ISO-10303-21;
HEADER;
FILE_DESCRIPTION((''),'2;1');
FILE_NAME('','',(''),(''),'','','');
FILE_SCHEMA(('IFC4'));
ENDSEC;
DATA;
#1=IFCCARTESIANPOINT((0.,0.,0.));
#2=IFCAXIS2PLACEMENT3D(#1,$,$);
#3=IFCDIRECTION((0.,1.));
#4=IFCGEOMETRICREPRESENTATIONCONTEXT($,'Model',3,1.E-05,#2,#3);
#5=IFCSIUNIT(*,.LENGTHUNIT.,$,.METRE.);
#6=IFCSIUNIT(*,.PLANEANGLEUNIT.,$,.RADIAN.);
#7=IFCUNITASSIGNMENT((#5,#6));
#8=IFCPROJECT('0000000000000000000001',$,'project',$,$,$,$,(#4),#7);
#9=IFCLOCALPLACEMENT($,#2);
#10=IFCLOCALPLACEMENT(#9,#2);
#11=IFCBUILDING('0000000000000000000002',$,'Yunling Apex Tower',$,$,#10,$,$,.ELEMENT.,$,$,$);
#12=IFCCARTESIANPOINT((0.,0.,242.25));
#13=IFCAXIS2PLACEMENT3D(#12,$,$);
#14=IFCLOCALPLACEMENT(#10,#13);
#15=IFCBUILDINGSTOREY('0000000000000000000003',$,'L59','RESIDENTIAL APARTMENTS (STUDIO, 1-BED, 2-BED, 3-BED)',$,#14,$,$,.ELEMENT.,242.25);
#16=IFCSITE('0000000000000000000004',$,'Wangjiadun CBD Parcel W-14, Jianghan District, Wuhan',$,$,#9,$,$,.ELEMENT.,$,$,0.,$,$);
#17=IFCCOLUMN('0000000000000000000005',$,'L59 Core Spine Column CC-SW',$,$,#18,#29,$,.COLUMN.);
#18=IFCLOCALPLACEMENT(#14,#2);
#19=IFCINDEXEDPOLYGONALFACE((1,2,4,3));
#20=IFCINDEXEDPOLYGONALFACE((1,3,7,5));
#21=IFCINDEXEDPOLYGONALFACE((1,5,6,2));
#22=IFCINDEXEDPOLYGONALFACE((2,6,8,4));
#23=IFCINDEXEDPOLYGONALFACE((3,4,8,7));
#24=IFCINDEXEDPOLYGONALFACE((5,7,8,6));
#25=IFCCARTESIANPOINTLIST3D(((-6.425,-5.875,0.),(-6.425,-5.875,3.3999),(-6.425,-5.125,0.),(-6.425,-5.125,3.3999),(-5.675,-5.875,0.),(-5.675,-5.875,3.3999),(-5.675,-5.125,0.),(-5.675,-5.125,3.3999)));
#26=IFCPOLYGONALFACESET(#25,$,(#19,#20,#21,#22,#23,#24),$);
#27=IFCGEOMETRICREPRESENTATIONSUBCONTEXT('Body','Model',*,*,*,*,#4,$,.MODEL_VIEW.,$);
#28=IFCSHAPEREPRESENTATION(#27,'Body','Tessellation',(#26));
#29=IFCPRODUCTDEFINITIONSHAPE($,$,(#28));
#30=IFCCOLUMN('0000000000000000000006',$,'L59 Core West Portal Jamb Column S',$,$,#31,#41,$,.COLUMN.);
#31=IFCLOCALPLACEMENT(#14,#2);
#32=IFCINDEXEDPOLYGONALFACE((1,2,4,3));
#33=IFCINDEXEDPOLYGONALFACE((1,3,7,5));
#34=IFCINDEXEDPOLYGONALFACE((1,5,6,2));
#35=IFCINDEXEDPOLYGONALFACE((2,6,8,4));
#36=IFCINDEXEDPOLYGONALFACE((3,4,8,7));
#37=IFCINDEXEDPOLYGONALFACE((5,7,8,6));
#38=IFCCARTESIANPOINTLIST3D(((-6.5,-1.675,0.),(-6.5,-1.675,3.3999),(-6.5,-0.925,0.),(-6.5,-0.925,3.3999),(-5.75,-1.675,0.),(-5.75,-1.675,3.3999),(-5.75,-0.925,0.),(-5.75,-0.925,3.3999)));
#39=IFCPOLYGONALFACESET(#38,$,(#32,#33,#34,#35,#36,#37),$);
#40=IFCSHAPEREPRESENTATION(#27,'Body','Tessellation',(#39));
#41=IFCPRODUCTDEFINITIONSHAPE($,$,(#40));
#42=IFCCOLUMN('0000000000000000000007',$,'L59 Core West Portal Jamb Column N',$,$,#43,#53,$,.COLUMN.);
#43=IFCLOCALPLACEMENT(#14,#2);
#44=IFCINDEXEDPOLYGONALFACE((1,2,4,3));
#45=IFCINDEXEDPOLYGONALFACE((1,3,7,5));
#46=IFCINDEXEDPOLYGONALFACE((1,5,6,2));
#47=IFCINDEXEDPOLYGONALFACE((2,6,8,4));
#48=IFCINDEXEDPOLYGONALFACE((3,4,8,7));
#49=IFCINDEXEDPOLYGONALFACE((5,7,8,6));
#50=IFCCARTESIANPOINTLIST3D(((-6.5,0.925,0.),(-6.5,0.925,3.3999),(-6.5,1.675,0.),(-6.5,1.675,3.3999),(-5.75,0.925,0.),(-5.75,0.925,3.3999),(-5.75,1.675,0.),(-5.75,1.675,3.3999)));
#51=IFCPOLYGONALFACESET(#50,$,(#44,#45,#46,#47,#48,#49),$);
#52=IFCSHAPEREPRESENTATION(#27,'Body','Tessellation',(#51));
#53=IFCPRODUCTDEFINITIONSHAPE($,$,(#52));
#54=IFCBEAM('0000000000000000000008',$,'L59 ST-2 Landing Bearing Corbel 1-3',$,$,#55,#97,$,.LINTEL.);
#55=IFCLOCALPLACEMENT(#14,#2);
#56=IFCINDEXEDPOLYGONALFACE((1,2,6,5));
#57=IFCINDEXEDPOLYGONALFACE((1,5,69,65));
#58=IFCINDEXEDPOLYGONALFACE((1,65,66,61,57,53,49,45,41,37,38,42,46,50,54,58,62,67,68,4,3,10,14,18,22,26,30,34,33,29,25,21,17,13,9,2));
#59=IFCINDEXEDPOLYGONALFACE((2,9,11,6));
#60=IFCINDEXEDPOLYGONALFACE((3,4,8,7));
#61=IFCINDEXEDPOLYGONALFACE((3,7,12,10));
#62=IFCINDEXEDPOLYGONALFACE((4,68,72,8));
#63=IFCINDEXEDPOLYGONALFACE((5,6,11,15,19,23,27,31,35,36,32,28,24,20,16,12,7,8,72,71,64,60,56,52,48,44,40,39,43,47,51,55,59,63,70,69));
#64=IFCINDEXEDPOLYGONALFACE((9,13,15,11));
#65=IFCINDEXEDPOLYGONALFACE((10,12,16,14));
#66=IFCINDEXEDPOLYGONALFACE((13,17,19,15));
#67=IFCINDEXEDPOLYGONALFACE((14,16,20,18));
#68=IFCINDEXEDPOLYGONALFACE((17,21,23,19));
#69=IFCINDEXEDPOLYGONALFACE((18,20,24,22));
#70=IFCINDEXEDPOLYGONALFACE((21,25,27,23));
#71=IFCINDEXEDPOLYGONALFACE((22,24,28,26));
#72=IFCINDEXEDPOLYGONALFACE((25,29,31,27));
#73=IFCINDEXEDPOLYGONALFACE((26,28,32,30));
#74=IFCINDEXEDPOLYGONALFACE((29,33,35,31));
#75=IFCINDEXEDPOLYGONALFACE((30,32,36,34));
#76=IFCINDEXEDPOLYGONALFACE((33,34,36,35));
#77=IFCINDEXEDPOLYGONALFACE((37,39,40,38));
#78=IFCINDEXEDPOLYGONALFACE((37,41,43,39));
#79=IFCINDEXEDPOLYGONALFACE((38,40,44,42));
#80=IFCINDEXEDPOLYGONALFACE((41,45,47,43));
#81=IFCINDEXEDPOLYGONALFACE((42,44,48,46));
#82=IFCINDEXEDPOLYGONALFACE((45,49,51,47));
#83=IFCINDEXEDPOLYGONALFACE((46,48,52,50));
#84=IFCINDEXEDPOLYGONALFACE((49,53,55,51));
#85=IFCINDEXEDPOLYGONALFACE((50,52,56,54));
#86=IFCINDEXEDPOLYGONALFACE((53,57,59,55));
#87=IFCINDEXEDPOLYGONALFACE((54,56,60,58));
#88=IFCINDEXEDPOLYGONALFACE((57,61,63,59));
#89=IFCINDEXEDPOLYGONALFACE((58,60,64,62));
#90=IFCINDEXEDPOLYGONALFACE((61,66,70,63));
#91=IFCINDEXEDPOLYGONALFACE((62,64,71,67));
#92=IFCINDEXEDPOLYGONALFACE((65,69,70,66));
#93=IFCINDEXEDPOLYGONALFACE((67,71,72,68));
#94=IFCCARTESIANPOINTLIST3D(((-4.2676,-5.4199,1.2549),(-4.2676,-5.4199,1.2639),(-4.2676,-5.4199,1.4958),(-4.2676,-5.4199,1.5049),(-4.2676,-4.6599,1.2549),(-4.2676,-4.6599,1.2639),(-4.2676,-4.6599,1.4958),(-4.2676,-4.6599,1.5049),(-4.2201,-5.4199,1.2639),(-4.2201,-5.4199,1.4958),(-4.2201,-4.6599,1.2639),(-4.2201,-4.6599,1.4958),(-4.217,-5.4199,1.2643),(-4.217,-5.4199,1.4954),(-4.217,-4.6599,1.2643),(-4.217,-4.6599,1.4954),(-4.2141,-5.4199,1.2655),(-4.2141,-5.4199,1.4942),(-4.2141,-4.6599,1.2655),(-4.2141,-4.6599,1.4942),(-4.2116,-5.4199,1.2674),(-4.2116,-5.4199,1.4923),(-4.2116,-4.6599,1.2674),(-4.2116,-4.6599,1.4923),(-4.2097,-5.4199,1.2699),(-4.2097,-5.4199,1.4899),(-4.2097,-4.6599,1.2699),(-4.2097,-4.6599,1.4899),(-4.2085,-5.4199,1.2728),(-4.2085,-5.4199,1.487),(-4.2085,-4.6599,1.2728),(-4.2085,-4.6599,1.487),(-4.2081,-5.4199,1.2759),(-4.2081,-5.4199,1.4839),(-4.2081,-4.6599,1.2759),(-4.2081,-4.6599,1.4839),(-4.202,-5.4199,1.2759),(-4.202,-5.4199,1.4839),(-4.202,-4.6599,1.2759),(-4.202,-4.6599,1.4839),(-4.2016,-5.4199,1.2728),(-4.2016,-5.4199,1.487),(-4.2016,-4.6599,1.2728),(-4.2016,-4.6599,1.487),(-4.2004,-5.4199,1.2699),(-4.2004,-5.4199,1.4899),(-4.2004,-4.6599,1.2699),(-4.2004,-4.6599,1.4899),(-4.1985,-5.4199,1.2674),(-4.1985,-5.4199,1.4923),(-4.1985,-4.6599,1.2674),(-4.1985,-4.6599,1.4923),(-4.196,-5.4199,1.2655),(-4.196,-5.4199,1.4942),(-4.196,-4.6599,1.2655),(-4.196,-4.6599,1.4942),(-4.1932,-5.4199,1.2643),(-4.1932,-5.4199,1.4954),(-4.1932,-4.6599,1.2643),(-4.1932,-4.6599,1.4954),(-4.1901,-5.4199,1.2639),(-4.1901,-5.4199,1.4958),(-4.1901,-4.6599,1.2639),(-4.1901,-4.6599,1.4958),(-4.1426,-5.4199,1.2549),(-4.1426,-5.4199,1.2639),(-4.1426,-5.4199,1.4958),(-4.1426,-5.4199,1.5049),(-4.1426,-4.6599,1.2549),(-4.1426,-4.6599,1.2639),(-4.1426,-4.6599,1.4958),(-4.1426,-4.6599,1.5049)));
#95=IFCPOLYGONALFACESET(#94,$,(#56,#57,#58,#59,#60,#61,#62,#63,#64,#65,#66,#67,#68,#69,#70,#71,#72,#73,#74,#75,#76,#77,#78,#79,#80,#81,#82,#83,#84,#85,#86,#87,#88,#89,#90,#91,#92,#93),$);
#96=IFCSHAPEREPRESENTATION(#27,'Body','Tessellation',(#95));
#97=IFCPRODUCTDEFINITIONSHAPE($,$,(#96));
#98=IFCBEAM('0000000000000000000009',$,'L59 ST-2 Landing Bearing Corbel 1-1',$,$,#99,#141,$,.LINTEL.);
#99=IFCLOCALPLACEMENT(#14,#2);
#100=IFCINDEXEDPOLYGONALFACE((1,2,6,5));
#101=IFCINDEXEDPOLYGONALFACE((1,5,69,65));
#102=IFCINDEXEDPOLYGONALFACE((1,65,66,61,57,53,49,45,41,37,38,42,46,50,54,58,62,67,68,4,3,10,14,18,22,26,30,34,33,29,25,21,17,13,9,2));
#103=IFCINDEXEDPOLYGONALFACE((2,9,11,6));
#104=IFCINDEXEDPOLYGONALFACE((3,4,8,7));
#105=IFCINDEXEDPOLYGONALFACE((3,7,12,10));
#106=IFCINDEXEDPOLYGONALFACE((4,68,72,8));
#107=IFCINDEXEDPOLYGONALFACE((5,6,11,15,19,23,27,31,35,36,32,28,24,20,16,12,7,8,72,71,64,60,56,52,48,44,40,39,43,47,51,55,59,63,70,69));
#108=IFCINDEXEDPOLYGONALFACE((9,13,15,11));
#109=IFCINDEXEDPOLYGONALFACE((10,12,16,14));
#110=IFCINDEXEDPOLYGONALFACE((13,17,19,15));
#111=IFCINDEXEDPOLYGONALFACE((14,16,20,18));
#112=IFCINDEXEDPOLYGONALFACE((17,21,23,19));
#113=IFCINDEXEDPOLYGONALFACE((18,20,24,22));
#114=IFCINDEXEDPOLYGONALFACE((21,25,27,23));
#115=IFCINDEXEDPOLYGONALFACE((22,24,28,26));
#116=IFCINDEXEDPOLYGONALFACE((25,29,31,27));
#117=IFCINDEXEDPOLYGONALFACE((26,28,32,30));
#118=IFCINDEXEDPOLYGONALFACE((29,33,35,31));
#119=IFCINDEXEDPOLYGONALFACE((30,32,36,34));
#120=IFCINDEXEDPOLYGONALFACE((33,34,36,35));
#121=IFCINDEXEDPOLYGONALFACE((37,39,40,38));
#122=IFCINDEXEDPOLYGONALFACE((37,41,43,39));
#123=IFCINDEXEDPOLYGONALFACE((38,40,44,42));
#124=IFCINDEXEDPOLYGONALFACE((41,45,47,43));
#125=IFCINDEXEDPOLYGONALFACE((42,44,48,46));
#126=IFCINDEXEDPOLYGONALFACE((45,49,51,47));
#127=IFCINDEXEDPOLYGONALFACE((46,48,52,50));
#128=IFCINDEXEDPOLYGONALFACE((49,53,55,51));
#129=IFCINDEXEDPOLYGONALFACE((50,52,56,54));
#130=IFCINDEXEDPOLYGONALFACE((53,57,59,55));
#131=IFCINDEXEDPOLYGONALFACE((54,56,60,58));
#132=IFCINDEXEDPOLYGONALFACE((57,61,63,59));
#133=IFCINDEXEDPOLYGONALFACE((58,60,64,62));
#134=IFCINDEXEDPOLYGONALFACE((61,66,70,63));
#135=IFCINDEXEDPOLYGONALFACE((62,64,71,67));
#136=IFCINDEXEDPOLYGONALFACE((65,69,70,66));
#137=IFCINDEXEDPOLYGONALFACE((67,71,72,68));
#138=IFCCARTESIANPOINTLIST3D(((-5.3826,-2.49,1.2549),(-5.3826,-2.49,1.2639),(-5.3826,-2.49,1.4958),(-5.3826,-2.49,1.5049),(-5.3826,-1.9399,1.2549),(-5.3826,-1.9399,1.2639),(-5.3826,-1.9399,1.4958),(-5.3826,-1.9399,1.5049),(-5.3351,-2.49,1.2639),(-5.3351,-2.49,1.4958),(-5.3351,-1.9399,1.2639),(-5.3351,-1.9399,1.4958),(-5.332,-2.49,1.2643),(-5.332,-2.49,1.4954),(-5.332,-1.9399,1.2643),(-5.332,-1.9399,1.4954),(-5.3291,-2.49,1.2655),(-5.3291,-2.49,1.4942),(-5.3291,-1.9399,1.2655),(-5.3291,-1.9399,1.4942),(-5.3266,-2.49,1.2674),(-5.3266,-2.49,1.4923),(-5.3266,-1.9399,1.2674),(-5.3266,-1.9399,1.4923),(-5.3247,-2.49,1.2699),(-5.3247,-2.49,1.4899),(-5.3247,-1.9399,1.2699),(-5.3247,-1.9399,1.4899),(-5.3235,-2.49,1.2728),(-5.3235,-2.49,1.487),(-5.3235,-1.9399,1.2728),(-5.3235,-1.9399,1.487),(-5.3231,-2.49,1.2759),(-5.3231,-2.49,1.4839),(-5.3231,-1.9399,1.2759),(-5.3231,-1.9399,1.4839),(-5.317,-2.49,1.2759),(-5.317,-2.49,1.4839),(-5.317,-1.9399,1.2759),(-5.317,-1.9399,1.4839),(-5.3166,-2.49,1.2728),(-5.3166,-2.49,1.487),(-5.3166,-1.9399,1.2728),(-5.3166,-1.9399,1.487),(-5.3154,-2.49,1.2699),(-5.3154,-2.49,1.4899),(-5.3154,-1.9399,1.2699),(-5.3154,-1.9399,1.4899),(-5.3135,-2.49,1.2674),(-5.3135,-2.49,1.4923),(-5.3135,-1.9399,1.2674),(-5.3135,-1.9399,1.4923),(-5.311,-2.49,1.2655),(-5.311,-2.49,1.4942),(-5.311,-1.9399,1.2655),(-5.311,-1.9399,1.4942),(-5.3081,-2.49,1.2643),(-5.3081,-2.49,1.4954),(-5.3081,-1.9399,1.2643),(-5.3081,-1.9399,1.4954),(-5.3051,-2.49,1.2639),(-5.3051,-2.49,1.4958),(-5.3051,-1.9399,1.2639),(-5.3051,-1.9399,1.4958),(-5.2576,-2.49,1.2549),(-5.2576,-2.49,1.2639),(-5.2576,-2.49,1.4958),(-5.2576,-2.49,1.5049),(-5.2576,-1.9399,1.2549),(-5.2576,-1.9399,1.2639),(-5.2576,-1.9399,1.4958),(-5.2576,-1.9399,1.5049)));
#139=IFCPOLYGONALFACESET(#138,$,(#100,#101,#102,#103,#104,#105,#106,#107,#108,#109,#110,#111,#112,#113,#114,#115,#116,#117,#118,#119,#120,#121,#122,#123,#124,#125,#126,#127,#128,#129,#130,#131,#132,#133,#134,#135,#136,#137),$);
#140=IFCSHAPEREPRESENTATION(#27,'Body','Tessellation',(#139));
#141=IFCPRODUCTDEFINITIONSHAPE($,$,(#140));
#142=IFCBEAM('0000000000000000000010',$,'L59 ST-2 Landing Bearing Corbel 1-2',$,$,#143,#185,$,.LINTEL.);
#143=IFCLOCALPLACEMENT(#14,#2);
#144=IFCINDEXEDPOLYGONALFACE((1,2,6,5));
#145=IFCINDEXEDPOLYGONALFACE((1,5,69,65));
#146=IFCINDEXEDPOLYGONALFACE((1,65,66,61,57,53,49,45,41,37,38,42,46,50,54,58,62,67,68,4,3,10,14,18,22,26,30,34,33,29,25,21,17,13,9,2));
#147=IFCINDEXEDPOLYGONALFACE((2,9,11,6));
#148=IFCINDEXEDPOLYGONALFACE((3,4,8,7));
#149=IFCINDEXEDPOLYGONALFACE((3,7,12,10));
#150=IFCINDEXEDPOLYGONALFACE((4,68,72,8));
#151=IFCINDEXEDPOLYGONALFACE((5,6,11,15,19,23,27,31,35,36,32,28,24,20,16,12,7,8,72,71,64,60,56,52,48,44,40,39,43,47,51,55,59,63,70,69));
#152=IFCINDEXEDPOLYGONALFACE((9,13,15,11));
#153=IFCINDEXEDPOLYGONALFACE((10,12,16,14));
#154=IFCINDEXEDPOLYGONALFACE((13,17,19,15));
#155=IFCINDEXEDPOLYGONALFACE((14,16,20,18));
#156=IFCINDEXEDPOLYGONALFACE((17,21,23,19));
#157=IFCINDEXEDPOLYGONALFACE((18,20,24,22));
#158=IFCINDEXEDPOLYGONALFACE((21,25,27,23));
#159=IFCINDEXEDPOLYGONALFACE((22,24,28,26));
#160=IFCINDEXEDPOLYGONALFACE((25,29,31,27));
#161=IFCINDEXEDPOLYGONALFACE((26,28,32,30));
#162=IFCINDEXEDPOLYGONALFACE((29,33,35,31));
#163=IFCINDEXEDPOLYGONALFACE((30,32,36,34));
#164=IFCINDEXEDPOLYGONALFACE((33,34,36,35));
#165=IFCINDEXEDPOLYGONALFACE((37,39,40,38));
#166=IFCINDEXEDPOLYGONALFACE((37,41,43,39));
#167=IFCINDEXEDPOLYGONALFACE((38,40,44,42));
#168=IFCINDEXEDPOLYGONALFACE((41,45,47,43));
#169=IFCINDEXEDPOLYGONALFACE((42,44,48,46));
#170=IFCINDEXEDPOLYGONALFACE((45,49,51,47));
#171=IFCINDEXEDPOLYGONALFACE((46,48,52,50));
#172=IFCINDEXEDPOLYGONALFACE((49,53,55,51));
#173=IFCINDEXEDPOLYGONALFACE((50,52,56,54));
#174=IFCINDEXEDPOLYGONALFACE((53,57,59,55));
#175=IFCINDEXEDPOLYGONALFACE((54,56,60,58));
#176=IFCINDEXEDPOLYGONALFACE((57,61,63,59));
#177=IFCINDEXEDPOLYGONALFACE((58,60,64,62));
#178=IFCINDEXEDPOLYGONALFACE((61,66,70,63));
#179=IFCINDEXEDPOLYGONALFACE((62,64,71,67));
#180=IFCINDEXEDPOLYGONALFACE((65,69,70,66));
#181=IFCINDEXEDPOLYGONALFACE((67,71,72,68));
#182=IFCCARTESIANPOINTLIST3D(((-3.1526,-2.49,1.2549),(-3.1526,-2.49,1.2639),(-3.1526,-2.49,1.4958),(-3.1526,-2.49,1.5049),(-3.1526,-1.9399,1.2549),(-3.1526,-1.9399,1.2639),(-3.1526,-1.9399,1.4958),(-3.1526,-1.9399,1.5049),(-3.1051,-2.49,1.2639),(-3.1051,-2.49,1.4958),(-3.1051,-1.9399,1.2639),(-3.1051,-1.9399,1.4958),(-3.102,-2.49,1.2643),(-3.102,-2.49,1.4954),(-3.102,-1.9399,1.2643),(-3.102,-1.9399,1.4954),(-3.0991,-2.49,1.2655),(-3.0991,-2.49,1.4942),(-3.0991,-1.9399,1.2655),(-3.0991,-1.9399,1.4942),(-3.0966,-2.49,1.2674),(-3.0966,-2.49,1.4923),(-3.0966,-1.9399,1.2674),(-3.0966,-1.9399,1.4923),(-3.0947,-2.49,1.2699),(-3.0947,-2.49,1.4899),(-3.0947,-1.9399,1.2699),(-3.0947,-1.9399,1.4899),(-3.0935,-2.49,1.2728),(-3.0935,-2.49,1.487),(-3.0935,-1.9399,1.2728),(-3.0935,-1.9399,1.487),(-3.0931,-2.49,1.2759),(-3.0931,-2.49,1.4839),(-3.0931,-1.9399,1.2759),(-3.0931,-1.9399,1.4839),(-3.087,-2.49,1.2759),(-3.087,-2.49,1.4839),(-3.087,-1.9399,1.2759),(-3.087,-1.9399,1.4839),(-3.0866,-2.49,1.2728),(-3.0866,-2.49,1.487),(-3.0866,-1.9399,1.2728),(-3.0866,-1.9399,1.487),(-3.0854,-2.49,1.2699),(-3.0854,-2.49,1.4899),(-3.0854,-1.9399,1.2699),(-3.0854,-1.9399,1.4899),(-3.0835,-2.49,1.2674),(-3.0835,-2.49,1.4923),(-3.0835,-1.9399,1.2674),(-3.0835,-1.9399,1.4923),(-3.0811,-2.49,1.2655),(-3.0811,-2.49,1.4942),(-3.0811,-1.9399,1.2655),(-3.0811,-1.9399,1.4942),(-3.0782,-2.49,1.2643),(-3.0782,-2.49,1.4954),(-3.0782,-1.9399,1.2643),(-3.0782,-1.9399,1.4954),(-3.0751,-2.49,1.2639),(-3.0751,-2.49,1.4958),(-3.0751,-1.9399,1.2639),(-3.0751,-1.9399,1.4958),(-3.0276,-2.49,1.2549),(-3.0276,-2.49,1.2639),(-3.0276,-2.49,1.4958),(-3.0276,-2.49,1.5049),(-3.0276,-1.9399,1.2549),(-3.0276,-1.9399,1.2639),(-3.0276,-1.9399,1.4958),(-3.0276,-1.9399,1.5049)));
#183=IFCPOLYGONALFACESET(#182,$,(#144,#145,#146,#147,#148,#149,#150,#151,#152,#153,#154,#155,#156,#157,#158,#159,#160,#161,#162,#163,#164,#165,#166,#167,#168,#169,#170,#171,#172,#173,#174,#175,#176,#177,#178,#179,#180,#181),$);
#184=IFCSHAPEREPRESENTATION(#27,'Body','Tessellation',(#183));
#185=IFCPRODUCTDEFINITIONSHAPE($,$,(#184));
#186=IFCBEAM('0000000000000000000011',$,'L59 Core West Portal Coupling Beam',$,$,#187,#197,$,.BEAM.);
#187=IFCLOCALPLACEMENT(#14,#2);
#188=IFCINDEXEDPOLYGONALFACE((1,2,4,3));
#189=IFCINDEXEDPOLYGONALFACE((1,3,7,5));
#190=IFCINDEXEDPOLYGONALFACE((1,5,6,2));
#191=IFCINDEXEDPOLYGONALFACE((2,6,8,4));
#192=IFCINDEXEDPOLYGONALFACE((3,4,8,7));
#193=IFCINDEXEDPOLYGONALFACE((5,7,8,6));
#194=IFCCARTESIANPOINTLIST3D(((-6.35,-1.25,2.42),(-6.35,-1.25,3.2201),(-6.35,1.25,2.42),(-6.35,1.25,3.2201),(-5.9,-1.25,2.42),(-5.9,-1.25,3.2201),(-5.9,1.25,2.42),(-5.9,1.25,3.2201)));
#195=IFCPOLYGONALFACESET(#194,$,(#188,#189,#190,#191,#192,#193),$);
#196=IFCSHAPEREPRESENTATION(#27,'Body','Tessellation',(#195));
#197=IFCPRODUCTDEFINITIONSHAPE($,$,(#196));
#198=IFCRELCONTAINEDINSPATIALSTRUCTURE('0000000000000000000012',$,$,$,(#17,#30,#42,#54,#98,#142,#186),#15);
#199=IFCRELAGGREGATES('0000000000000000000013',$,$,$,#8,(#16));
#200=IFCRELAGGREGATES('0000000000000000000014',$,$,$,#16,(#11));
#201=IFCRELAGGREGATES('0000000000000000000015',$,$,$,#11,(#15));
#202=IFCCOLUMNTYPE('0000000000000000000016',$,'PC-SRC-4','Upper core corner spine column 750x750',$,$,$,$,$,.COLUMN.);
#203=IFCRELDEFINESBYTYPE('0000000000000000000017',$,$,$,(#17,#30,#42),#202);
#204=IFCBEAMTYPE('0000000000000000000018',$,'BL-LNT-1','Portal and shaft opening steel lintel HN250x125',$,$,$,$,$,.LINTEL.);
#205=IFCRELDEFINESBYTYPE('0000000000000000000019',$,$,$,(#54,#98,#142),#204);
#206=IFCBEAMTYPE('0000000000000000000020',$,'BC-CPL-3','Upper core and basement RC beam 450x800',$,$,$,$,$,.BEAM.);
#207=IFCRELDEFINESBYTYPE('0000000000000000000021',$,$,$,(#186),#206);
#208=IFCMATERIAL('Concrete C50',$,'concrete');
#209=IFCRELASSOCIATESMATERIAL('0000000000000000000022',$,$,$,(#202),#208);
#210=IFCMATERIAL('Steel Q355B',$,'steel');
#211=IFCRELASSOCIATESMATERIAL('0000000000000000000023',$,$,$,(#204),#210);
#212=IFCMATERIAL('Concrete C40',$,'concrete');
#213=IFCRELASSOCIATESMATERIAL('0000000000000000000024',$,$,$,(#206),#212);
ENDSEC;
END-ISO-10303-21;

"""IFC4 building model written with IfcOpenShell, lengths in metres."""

from ifc_helpers import new_model, si_unit, direction, frame, origin, origin_2d, place, context, subcontext, project, spatial, rectangle, i_section, extrude, source, transform, mapped, material, material_profile, profile_set, type_object, element, save


model = new_model("IFC4")

# Units and contexts
model_context = context("Model", 3, precision=1e-05, world=origin(), true_north=direction((0.0, 1.0)))
body_context = subcontext(model_context, "Body", "Model", "MODEL_VIEW")
ifc_project = project(units=[si_unit("LENGTHUNIT", "METRE"), si_unit("PLANEANGLEUNIT", "RADIAN")], contexts=[model_context])

# Site, building, storey
site_placement = place(None, origin())
site = spatial("IfcSite", under=ifc_project, at=site_placement, Name="Wangjiadun CBD Parcel W-14, Jianghan District, Wuhan", CompositionType="ELEMENT", RefElevation=0.0)
building_placement = place(site_placement, origin())
building = spatial("IfcBuilding", under=site, at=building_placement, Name="Yunling Apex Tower", CompositionType="ELEMENT")
storey_placement = place(building_placement, frame((0.0, 0.0, 242.25)))
storey = spatial("IfcBuildingStorey", under=building, at=storey_placement, Name="L59", Description="RESIDENTIAL APARTMENTS (STUDIO, 1-BED, 2-BED, 3-BED)", CompositionType="ELEMENT", Elevation=242.25)

# Columns
ifc_material_1 = material(Name="Concrete C50", Category="concrete")
ifc_material_profile_1 = material_profile(ifc_material_1, rectangle(XDim=0.75, YDim=0.75, at=origin_2d()))
ifc_profile_set_1 = profile_set([ifc_material_profile_1], Name="Concrete C50")
column_type = type_object("IfcColumnType", Name="PC-SRC-4", Description="Upper core corner spine column 750x750", PredefinedType="COLUMN", material=ifc_profile_set_1)
shared_shape_1 = source(origin(), body_context, "Body", "SweptSolid", [
    extrude(rectangle(XDim=0.75, YDim=0.75, at=origin_2d()), origin(), (0.0, 0.0, 1.0), 3.3999),
])
for number, where, z_axis, x_axis, name in (
    (1, (-6.05, -5.5, 0.0), (0.0, 0.0, 1.0), (1.0, 0.0, 0.0), "L59 Core Spine Column CC-SW"),
    (2, (-6.125, -1.3, 0.0), (0.0, 0.0, 1.0), (1.0, 0.0, 0.0), "L59 Core West Portal Jamb Column S"),
    (3, (-6.125, 1.3, 0.0), (0.0, 0.0, 1.0), (1.0, 0.0, 0.0), "L59 Core West Portal Jamb Column N"),
):
    element("IfcColumn", number, at=place(storey_placement, frame(where, z_axis=z_axis, x_axis=x_axis)), inside=storey, type_object=column_type, Name=name, PredefinedType="COLUMN", context=body_context, shape_type="MappedRepresentation", body=[
        mapped(shared_shape_1, transform((0.0, 0.0, 0.0), scale=1.0)),
    ])

# Beams
ifc_material_2 = material(Name="Steel Q355B", Category="steel")
ifc_material_profile_2 = material_profile(ifc_material_2, i_section(OverallWidth=0.125, OverallDepth=0.25, WebThickness=0.0061, FlangeThickness=0.009, FilletRadius=0.012, at=origin_2d()))
ifc_profile_set_2 = profile_set([ifc_material_profile_2], Name="Steel Q355B")
beam_type_1 = type_object("IfcBeamType", Name="BL-LNT-1", Description="Portal and shaft opening steel lintel HN250x125", PredefinedType="LINTEL", material=ifc_profile_set_2)
shared_shape_2 = source(origin(), body_context, "Body", "SweptSolid", [
    extrude(i_section(OverallWidth=0.125, OverallDepth=0.25, WebThickness=0.0061, FlangeThickness=0.009, FilletRadius=0.012, at=origin_2d()), origin(), (0.0, 0.0, 1.0), 0.76),
])
beam_1_placement = place(storey_placement, frame((-4.2051, -5.4199, 1.3799), z_axis=(0.0, 1.0, 0.0), x_axis=(-1.0, 0.0, 0.0)))
element("IfcBeam", 4, at=beam_1_placement, inside=storey, type_object=beam_type_1, Name="L59 ST-2 Landing Bearing Corbel 1-3", PredefinedType="LINTEL", context=body_context, shape_type="MappedRepresentation", body=[
    mapped(shared_shape_2, transform((0.0, 0.0, 0.0), scale=1.0)),
])
shared_shape_3 = source(origin(), body_context, "Body", "SweptSolid", [
    extrude(i_section(OverallWidth=0.125, OverallDepth=0.25, WebThickness=0.0061, FlangeThickness=0.009, FilletRadius=0.012, at=origin_2d()), origin(), (0.0, 0.0, 1.0), 0.55),
])
for number, where, z_axis, x_axis, name in (
    (5, (-5.3201, -1.9399, 1.3799), (0.0, -1.0, 0.0), (1.0, 0.0, 0.0), "L59 ST-2 Landing Bearing Corbel 1-1"),
    (6, (-3.0901, -1.9399, 1.3799), (0.0, -1.0, 0.0), (1.0, 0.0, 0.0), "L59 ST-2 Landing Bearing Corbel 1-2"),
):
    element("IfcBeam", number, at=place(storey_placement, frame(where, z_axis=z_axis, x_axis=x_axis)), inside=storey, type_object=beam_type_1, Name=name, PredefinedType="LINTEL", context=body_context, shape_type="MappedRepresentation", body=[
        mapped(shared_shape_3, transform((0.0, 0.0, 0.0), scale=1.0)),
    ])
ifc_material_3 = material(Name="Concrete C40", Category="concrete")
ifc_material_profile_3 = material_profile(ifc_material_3, rectangle(XDim=0.45, YDim=0.8, at=origin_2d()))
ifc_profile_set_3 = profile_set([ifc_material_profile_3], Name="Concrete C40")
beam_type_2 = type_object("IfcBeamType", Name="BC-CPL-3", Description="Upper core and basement RC beam 450x800", PredefinedType="BEAM", material=ifc_profile_set_3)
shared_shape_4 = source(origin(), body_context, "Body", "SweptSolid", [
    extrude(rectangle(XDim=0.45, YDim=0.8, at=origin_2d()), origin(), (0.0, 0.0, 1.0), 2.5),
])
beam_2_placement = place(storey_placement, frame((-6.125, -1.25, 2.8201), z_axis=(0.0, 1.0, 0.0), x_axis=(-1.0, 0.0, 0.0)))
element("IfcBeam", 7, at=beam_2_placement, inside=storey, type_object=beam_type_2, Name="L59 Core West Portal Coupling Beam", PredefinedType="BEAM", context=body_context, shape_type="MappedRepresentation", body=[
    mapped(shared_shape_4, transform((0.0, 0.0, 0.0), scale=1.0)),
])

save(model, "model.ifc")
